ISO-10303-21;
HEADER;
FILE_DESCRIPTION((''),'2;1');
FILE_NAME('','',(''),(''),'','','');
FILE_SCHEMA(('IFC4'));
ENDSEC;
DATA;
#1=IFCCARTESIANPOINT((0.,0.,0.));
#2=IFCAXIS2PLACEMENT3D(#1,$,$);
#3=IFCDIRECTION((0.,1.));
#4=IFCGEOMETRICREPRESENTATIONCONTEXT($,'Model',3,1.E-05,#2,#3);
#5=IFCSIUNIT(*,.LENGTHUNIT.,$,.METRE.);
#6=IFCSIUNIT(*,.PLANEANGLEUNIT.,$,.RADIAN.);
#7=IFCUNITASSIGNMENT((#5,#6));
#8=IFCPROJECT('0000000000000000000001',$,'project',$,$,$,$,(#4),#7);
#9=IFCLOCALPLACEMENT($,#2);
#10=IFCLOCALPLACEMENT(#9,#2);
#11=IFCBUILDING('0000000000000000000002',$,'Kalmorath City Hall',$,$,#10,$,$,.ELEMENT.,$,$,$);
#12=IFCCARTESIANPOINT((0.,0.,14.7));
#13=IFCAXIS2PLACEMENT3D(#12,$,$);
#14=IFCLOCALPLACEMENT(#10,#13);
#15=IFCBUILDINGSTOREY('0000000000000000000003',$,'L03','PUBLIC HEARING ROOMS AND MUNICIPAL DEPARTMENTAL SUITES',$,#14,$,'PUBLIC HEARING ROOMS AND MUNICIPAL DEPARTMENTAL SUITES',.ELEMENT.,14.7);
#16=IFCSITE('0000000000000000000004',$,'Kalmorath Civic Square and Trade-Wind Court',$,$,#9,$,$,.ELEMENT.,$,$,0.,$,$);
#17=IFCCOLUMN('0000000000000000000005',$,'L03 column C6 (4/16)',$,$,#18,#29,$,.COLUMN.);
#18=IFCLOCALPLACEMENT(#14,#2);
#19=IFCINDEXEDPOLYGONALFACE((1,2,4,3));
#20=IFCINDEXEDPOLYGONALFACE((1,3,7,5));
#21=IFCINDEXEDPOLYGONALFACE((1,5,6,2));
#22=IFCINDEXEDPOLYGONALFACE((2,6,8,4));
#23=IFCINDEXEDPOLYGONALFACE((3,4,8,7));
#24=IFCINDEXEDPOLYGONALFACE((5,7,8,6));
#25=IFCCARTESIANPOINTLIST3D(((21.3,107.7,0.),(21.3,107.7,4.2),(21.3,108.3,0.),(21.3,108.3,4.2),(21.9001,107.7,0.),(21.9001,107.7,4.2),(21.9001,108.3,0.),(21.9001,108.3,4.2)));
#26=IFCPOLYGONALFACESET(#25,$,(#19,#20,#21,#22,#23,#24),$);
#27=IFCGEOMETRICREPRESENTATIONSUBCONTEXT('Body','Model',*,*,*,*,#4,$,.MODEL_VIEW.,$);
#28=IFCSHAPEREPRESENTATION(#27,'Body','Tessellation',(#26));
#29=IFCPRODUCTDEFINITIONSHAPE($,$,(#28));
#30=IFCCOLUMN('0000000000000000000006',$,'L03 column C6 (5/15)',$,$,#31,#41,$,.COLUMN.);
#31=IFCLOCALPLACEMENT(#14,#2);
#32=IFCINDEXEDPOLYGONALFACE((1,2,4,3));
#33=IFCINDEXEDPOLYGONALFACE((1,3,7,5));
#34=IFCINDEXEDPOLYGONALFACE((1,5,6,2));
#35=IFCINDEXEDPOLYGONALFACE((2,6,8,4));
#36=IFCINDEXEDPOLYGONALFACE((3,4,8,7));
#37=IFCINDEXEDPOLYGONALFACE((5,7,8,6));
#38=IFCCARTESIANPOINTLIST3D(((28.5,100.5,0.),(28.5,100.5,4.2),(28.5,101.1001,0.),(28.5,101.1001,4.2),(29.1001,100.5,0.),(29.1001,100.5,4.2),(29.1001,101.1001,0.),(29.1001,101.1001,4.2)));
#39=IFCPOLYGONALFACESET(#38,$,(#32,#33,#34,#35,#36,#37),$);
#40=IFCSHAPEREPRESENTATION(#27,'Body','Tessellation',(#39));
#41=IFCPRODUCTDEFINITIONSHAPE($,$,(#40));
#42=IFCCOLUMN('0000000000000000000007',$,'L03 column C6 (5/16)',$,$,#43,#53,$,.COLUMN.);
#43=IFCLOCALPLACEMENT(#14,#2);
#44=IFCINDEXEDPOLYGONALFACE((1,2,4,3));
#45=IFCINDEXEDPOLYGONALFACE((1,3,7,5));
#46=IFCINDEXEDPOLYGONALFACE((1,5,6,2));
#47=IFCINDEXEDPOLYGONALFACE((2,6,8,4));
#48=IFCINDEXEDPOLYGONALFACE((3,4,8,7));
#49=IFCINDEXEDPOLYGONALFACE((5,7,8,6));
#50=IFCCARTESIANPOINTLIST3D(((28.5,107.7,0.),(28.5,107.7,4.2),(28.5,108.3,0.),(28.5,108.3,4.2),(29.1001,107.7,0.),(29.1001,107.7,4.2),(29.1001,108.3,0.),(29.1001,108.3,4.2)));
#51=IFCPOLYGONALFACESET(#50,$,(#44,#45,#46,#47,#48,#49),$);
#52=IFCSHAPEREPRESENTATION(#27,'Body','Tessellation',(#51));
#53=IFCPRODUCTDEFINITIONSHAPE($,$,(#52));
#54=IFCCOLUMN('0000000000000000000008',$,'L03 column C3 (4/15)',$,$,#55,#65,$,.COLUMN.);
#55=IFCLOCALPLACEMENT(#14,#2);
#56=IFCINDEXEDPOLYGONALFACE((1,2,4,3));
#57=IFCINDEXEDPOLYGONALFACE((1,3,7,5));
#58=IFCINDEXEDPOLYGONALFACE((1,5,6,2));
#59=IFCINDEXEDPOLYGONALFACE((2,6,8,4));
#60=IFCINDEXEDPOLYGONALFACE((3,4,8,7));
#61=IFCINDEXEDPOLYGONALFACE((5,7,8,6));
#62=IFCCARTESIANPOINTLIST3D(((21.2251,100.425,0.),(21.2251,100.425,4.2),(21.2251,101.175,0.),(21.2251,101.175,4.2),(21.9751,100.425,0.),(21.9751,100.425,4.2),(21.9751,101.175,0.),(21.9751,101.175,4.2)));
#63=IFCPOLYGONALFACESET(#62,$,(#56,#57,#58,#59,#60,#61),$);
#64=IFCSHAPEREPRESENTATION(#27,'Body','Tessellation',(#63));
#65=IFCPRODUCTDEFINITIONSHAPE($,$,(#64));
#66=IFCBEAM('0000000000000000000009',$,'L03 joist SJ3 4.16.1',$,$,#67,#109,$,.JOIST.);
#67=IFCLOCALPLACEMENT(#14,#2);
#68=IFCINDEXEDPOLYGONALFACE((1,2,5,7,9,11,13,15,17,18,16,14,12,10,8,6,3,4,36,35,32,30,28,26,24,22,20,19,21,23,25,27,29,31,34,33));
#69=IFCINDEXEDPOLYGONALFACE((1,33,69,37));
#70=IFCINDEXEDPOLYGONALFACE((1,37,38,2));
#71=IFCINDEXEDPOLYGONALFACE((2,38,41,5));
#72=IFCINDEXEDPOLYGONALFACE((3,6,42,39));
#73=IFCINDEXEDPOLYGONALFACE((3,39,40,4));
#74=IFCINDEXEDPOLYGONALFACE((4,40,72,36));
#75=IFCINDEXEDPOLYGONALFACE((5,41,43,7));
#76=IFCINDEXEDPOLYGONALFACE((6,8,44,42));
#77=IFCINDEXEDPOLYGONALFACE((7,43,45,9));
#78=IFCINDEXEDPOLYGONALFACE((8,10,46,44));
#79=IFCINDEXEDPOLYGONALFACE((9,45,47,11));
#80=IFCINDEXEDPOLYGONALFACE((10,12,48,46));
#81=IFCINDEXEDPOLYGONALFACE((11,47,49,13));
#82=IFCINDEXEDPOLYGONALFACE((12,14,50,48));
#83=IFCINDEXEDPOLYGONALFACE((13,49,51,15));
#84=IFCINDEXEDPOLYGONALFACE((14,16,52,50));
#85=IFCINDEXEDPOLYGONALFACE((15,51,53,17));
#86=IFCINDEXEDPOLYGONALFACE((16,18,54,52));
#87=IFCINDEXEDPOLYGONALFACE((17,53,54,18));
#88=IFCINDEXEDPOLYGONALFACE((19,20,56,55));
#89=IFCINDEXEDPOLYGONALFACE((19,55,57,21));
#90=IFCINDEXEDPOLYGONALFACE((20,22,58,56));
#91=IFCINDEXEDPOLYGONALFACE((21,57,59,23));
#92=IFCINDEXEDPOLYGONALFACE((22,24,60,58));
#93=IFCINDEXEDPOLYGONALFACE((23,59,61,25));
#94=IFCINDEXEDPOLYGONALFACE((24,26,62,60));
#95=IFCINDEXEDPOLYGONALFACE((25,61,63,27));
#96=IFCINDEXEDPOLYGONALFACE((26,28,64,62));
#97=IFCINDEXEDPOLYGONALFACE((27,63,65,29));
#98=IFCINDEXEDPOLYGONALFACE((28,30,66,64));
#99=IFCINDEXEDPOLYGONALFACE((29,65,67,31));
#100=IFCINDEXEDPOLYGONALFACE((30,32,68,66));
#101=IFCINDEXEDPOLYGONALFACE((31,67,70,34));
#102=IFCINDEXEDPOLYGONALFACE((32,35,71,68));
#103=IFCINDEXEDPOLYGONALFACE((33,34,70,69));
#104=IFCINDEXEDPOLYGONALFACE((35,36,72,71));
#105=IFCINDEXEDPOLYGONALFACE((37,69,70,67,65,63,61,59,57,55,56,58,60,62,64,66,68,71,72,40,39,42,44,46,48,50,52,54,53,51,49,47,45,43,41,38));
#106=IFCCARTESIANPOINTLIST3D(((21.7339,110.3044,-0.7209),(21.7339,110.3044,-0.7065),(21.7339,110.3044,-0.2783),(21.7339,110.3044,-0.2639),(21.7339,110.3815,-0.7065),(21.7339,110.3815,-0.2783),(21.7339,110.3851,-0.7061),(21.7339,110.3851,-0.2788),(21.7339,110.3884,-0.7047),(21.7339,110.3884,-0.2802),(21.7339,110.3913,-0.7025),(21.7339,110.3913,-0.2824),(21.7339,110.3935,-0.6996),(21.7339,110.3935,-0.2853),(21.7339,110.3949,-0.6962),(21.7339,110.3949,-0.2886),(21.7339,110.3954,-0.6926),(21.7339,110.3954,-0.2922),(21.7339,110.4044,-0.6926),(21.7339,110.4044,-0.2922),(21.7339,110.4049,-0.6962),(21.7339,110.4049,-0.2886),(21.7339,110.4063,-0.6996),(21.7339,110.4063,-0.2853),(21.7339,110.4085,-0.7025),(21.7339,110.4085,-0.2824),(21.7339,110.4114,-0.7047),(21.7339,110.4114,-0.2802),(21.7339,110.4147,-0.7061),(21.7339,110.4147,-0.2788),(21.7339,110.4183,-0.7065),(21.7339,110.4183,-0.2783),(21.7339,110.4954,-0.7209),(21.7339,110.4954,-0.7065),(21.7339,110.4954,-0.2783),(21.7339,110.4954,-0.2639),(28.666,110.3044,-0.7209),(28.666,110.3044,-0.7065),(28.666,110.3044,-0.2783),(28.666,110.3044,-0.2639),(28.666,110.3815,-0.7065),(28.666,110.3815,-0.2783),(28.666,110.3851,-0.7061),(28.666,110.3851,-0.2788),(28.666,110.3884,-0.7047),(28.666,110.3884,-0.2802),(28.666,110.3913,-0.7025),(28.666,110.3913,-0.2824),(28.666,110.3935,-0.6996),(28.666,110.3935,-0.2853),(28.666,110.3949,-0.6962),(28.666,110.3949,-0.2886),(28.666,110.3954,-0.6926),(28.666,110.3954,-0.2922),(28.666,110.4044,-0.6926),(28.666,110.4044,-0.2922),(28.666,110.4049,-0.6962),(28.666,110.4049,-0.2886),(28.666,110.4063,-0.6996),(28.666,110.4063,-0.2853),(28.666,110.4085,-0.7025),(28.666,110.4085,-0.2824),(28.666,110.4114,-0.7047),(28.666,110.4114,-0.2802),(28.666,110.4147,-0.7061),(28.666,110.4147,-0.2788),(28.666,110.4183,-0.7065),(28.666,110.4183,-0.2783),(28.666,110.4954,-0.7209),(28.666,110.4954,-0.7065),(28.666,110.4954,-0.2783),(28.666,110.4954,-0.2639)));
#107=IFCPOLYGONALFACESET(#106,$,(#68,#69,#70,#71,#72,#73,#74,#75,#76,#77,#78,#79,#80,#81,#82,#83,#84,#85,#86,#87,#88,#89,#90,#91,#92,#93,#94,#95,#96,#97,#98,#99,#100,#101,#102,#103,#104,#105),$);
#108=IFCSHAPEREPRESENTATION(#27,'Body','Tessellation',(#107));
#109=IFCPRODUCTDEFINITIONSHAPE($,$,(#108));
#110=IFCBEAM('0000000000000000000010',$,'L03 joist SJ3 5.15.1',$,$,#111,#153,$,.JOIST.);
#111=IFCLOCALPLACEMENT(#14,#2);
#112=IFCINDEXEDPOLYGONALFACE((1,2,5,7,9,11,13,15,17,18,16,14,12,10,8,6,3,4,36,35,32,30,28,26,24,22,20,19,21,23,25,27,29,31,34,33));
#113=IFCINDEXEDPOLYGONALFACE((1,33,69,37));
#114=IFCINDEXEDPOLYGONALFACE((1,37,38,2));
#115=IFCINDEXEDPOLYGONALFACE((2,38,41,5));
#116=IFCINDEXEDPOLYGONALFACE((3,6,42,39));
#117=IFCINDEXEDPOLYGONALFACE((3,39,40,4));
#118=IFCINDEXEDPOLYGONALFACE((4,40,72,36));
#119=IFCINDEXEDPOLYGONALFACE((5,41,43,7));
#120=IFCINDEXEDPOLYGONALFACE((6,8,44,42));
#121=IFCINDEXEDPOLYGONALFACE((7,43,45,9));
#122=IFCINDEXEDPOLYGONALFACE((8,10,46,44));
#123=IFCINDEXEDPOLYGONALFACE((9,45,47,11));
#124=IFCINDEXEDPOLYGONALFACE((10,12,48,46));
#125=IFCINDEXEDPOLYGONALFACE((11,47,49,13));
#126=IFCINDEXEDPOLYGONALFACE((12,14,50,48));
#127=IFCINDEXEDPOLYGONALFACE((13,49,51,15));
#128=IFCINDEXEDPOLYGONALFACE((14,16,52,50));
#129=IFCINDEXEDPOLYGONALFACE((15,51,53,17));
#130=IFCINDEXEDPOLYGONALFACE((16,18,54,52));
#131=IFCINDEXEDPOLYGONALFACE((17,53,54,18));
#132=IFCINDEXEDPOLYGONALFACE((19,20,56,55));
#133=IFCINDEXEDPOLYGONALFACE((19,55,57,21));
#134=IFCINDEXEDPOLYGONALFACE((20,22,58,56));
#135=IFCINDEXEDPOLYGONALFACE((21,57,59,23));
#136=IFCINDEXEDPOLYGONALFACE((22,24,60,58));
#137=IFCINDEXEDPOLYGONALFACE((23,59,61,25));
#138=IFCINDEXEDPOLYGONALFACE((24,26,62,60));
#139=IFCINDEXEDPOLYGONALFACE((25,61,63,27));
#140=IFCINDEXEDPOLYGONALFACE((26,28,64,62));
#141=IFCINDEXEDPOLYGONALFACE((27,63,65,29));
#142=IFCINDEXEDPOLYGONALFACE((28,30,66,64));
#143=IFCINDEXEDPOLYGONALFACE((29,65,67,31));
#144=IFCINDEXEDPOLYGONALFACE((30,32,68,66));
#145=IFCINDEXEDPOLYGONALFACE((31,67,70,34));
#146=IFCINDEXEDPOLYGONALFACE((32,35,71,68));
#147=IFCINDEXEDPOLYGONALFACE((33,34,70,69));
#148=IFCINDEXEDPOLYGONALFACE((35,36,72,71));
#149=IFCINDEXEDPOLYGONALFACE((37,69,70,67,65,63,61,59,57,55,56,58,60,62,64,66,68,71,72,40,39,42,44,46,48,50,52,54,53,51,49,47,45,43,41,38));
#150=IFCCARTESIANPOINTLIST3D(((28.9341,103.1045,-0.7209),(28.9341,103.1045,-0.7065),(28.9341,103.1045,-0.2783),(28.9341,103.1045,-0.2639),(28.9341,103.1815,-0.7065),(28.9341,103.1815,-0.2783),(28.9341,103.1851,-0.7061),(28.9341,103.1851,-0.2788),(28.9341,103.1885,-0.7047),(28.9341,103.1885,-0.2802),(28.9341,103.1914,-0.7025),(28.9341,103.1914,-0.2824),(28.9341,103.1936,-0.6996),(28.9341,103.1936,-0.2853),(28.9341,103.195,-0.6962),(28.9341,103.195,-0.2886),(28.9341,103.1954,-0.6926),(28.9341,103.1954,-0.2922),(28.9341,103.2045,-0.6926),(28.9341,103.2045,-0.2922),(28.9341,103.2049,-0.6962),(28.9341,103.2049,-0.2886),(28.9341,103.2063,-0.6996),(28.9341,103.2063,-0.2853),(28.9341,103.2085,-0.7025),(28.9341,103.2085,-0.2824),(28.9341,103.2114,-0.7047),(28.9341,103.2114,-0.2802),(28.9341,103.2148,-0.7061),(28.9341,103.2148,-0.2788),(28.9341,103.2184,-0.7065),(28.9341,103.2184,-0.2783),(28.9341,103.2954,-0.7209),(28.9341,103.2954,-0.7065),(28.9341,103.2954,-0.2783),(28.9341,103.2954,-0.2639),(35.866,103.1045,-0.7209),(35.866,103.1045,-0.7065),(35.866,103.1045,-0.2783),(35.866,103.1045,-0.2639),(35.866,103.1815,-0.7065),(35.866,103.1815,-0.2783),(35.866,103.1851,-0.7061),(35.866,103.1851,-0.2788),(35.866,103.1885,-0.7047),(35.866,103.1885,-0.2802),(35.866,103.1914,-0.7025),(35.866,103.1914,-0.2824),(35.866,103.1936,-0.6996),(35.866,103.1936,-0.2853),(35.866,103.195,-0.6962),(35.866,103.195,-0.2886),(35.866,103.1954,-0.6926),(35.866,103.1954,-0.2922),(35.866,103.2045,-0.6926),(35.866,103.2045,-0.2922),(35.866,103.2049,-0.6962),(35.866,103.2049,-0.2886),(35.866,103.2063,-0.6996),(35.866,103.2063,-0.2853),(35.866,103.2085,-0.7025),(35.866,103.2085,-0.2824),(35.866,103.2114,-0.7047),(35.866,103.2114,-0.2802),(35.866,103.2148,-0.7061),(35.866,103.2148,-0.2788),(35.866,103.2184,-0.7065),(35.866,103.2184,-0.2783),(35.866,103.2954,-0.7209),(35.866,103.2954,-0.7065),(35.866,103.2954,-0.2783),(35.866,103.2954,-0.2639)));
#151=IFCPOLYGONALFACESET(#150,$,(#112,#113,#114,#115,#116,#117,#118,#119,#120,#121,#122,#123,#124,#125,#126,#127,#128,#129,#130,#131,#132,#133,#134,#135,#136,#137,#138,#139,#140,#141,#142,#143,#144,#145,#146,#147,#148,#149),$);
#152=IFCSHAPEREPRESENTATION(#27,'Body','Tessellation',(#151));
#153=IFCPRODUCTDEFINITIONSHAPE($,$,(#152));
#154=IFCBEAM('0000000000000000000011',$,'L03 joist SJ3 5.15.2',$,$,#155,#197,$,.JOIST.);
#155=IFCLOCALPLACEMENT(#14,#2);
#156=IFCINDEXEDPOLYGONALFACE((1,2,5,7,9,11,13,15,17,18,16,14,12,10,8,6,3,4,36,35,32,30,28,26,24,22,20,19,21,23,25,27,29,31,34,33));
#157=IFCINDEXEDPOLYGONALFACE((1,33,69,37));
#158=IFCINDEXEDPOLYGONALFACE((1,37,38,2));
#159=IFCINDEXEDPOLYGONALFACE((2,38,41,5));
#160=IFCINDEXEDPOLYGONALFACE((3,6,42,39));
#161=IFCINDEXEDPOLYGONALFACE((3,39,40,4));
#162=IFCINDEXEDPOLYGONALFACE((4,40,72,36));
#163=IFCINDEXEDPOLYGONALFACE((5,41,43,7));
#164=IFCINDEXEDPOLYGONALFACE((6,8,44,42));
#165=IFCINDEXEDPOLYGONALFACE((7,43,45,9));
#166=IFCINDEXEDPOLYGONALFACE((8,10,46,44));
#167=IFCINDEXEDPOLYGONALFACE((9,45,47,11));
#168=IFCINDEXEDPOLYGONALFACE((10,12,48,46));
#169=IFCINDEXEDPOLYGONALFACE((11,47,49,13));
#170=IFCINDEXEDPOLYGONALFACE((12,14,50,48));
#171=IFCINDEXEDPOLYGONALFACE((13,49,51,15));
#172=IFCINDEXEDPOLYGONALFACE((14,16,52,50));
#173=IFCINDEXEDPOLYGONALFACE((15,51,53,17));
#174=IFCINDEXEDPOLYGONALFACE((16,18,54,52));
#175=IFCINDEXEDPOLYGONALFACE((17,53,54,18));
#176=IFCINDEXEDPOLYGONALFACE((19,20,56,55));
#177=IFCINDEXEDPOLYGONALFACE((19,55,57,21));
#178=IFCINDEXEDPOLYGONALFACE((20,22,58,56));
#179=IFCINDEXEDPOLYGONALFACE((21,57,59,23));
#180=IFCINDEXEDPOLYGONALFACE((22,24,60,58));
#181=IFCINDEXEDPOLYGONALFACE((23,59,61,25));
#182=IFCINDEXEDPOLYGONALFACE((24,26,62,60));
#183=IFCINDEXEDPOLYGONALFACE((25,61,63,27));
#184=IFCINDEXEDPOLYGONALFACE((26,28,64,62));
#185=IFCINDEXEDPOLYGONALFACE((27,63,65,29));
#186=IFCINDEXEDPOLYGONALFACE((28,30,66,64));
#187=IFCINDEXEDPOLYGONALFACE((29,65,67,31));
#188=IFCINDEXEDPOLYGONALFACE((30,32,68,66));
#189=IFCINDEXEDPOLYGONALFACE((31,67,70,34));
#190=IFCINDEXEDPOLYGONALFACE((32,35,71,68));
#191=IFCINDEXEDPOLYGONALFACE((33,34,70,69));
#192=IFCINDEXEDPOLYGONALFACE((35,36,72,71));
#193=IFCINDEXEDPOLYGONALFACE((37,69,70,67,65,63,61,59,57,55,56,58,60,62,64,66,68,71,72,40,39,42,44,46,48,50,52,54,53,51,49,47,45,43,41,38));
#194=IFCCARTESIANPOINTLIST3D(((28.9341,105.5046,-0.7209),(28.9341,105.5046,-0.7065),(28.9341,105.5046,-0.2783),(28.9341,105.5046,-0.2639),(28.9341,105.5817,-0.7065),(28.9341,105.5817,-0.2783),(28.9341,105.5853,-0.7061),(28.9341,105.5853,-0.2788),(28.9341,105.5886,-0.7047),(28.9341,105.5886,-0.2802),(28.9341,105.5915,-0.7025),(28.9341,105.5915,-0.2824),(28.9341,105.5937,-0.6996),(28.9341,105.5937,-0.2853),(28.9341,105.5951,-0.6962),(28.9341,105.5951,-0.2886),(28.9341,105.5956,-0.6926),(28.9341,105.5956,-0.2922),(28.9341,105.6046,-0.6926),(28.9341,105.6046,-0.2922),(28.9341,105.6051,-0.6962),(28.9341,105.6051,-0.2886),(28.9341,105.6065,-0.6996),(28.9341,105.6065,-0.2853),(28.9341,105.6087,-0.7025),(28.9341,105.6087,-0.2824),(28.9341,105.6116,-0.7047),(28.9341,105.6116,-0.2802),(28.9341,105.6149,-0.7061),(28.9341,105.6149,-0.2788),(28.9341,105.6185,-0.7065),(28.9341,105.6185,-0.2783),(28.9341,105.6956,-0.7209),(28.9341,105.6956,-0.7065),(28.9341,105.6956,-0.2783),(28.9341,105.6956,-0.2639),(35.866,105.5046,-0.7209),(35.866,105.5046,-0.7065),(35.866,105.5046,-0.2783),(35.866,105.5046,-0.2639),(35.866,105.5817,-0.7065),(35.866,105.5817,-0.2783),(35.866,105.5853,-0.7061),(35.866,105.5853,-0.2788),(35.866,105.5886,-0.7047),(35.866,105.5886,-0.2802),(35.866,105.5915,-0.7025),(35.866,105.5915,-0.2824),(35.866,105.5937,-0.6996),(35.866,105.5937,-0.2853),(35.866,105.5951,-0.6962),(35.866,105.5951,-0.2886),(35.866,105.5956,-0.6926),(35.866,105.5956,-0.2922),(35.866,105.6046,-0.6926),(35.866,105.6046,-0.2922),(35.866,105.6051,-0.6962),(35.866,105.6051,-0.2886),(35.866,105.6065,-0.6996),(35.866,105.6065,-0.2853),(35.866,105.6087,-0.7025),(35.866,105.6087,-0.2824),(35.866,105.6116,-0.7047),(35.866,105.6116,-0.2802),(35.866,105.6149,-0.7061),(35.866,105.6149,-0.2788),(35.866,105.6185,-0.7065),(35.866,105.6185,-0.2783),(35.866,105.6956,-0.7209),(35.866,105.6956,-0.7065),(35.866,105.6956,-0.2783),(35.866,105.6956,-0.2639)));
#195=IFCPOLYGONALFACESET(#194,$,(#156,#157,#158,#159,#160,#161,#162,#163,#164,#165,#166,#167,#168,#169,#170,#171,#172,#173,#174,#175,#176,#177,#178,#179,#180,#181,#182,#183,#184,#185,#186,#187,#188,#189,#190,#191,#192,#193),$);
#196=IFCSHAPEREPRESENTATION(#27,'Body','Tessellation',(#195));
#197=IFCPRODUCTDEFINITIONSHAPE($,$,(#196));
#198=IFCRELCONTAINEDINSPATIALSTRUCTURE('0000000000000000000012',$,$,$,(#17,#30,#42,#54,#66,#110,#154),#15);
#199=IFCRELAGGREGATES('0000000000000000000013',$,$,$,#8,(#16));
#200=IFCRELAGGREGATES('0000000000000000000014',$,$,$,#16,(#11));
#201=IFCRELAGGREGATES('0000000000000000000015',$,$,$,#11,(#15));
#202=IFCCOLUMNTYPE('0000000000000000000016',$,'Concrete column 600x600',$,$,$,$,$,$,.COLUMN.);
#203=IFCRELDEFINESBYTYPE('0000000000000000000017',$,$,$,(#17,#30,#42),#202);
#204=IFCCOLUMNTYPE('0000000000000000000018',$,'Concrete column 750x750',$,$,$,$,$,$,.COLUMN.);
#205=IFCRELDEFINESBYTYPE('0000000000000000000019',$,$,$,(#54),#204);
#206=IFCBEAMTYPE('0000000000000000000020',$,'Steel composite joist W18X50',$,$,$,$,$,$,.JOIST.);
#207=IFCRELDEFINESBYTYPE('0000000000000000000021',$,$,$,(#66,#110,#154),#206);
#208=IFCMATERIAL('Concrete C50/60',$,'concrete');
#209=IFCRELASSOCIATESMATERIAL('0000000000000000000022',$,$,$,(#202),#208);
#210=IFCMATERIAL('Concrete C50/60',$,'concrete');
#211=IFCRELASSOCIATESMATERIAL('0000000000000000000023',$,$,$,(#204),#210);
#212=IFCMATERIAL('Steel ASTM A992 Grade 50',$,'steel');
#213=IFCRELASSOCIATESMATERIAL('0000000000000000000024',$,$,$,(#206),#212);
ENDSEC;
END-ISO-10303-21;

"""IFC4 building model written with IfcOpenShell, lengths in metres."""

from ifc_helpers import new_model, si_unit, direction, frame, origin, origin_2d, place, context, subcontext, project, spatial, rectangle, i_section, extrude, material, material_profile, profile_set, type_object, element, save


model = new_model("IFC4")

# Units and contexts
model_context = context("Model", 3, precision=1e-05, world=origin(), true_north=direction((0.0, 1.0)))
body_context = subcontext(model_context, "Body", "Model", "MODEL_VIEW")
ifc_project = project(units=[si_unit("LENGTHUNIT", "METRE"), si_unit("PLANEANGLEUNIT", "RADIAN")], contexts=[model_context])

# Site, building, storey
site_placement = place(None, origin())
site = spatial("IfcSite", under=ifc_project, at=site_placement, Name="Kalmorath Civic Square and Trade-Wind Court", CompositionType="ELEMENT", RefElevation=0.0)
building_placement = place(site_placement, origin())
building = spatial("IfcBuilding", under=site, at=building_placement, Name="Kalmorath City Hall", CompositionType="ELEMENT")
storey_placement = place(building_placement, frame((0.0, 0.0, 14.7)))
storey = spatial("IfcBuildingStorey", under=building, at=storey_placement, Name="L03", Description="PUBLIC HEARING ROOMS AND MUNICIPAL DEPARTMENTAL SUITES", LongName="PUBLIC HEARING ROOMS AND MUNICIPAL DEPARTMENTAL SUITES", CompositionType="ELEMENT", Elevation=14.7)

# Columns
ifc_material_1 = material(Name="Concrete C50/60", Category="concrete")
ifc_material_profile_1 = material_profile(ifc_material_1, rectangle(XDim=0.6001, YDim=0.6001, at=origin_2d()), Name="RC-COL-600X600")
ifc_profile_set_1 = profile_set([ifc_material_profile_1], Name="Concrete C50/60")
column_type_1 = type_object("IfcColumnType", Name="Concrete column 600x600", PredefinedType="COLUMN", material=ifc_profile_set_1)
for number, where, z_axis, x_axis, name in (
    (1, (21.6001, 108.0, 0.0), (0.0, 0.0, 1.0), (1.0, 0.0, 0.0), "L03 column C6 (4/16)"),
    (2, (28.8, 100.8, 0.0), (0.0, 0.0, 1.0), (1.0, 0.0, 0.0), "L03 column C6 (5/15)"),
    (3, (28.8, 108.0, 0.0), (0.0, 0.0, 1.0), (1.0, 0.0, 0.0), "L03 column C6 (5/16)"),
):
    element("IfcColumn", number, at=place(storey_placement, frame(where, z_axis=z_axis, x_axis=x_axis)), inside=storey, type_object=column_type_1, Name=name, PredefinedType="COLUMN", context=body_context, shape_type="SweptSolid", body=[
        extrude(rectangle(XDim=0.6001, YDim=0.6001, at=origin_2d()), origin(), (0.0, 0.0, 1.0), 4.2),
    ])
ifc_material_2 = material(Name="Concrete C50/60", Category="concrete")
ifc_material_profile_2 = material_profile(ifc_material_2, rectangle(XDim=0.75, YDim=0.75, at=origin_2d()), Name="RC-COL-750X750")
ifc_profile_set_2 = profile_set([ifc_material_profile_2], Name="Concrete C50/60")
column_type_2 = type_object("IfcColumnType", Name="Concrete column 750x750", PredefinedType="COLUMN", material=ifc_profile_set_2)
column_placement = place(storey_placement, frame((21.6001, 100.8, 0.0), z_axis=(0.0, 0.0, 1.0), x_axis=(1.0, 0.0, 0.0)))
element("IfcColumn", 4, at=column_placement, inside=storey, type_object=column_type_2, Name="L03 column C3 (4/15)", PredefinedType="COLUMN", context=body_context, shape_type="SweptSolid", body=[
    extrude(rectangle(XDim=0.75, YDim=0.75, at=origin_2d()), origin(), (0.0, 0.0, 1.0), 4.2),
])

# Beams
ifc_material_3 = material(Name="Steel ASTM A992 Grade 50", Category="steel")
ifc_material_profile_3 = material_profile(ifc_material_3, i_section(OverallWidth=0.1909, OverallDepth=0.457, WebThickness=0.009, FlangeThickness=0.0144, FilletRadius=0.0139, at=origin_2d()), Name="W18X50")
ifc_profile_set_3 = profile_set([ifc_material_profile_3], Name="Steel ASTM A992 Grade 50")
beam_type_1 = type_object("IfcBeamType", Name="Steel composite joist W18X50", PredefinedType="JOIST", material=ifc_profile_set_3)
beam_1_placement = place(storey_placement, frame((21.7339, 110.3999, -0.4924), z_axis=(1.0, 0.0, 0.0), x_axis=(0.0, 1.0, 0.0)))
element("IfcBeam", 5, at=beam_1_placement, inside=storey, type_object=beam_type_1, Name="L03 joist SJ3 4.16.1", PredefinedType="JOIST", context=body_context, shape_type="SweptSolid", body=[
    extrude(i_section(OverallWidth=0.1909, OverallDepth=0.457, WebThickness=0.009, FlangeThickness=0.0144, FilletRadius=0.0139, at=origin_2d()), origin(), (0.0, 0.0, 1.0), 6.9321),
])
for number, where, z_axis, x_axis, name in (
    (6, (28.9341, 103.2, -0.4924), (1.0, 0.0, 0.0), (0.0, 1.0, 0.0), "L03 joist SJ3 5.15.1"),
    (7, (28.9341, 105.6001, -0.4924), (1.0, 0.0, 0.0), (0.0, 1.0, 0.0), "L03 joist SJ3 5.15.2"),
):
    element("IfcBeam", number, at=place(storey_placement, frame(where, z_axis=z_axis, x_axis=x_axis)), inside=storey, type_object=beam_type_1, Name=name, PredefinedType="JOIST", context=body_context, shape_type="SweptSolid", body=[
        extrude(i_section(OverallWidth=0.1909, OverallDepth=0.457, WebThickness=0.009, FlangeThickness=0.0144, FilletRadius=0.0139, at=origin_2d()), origin(), (0.0, 0.0, 1.0), 6.9319),
    ])

save(model, "model.ifc")
